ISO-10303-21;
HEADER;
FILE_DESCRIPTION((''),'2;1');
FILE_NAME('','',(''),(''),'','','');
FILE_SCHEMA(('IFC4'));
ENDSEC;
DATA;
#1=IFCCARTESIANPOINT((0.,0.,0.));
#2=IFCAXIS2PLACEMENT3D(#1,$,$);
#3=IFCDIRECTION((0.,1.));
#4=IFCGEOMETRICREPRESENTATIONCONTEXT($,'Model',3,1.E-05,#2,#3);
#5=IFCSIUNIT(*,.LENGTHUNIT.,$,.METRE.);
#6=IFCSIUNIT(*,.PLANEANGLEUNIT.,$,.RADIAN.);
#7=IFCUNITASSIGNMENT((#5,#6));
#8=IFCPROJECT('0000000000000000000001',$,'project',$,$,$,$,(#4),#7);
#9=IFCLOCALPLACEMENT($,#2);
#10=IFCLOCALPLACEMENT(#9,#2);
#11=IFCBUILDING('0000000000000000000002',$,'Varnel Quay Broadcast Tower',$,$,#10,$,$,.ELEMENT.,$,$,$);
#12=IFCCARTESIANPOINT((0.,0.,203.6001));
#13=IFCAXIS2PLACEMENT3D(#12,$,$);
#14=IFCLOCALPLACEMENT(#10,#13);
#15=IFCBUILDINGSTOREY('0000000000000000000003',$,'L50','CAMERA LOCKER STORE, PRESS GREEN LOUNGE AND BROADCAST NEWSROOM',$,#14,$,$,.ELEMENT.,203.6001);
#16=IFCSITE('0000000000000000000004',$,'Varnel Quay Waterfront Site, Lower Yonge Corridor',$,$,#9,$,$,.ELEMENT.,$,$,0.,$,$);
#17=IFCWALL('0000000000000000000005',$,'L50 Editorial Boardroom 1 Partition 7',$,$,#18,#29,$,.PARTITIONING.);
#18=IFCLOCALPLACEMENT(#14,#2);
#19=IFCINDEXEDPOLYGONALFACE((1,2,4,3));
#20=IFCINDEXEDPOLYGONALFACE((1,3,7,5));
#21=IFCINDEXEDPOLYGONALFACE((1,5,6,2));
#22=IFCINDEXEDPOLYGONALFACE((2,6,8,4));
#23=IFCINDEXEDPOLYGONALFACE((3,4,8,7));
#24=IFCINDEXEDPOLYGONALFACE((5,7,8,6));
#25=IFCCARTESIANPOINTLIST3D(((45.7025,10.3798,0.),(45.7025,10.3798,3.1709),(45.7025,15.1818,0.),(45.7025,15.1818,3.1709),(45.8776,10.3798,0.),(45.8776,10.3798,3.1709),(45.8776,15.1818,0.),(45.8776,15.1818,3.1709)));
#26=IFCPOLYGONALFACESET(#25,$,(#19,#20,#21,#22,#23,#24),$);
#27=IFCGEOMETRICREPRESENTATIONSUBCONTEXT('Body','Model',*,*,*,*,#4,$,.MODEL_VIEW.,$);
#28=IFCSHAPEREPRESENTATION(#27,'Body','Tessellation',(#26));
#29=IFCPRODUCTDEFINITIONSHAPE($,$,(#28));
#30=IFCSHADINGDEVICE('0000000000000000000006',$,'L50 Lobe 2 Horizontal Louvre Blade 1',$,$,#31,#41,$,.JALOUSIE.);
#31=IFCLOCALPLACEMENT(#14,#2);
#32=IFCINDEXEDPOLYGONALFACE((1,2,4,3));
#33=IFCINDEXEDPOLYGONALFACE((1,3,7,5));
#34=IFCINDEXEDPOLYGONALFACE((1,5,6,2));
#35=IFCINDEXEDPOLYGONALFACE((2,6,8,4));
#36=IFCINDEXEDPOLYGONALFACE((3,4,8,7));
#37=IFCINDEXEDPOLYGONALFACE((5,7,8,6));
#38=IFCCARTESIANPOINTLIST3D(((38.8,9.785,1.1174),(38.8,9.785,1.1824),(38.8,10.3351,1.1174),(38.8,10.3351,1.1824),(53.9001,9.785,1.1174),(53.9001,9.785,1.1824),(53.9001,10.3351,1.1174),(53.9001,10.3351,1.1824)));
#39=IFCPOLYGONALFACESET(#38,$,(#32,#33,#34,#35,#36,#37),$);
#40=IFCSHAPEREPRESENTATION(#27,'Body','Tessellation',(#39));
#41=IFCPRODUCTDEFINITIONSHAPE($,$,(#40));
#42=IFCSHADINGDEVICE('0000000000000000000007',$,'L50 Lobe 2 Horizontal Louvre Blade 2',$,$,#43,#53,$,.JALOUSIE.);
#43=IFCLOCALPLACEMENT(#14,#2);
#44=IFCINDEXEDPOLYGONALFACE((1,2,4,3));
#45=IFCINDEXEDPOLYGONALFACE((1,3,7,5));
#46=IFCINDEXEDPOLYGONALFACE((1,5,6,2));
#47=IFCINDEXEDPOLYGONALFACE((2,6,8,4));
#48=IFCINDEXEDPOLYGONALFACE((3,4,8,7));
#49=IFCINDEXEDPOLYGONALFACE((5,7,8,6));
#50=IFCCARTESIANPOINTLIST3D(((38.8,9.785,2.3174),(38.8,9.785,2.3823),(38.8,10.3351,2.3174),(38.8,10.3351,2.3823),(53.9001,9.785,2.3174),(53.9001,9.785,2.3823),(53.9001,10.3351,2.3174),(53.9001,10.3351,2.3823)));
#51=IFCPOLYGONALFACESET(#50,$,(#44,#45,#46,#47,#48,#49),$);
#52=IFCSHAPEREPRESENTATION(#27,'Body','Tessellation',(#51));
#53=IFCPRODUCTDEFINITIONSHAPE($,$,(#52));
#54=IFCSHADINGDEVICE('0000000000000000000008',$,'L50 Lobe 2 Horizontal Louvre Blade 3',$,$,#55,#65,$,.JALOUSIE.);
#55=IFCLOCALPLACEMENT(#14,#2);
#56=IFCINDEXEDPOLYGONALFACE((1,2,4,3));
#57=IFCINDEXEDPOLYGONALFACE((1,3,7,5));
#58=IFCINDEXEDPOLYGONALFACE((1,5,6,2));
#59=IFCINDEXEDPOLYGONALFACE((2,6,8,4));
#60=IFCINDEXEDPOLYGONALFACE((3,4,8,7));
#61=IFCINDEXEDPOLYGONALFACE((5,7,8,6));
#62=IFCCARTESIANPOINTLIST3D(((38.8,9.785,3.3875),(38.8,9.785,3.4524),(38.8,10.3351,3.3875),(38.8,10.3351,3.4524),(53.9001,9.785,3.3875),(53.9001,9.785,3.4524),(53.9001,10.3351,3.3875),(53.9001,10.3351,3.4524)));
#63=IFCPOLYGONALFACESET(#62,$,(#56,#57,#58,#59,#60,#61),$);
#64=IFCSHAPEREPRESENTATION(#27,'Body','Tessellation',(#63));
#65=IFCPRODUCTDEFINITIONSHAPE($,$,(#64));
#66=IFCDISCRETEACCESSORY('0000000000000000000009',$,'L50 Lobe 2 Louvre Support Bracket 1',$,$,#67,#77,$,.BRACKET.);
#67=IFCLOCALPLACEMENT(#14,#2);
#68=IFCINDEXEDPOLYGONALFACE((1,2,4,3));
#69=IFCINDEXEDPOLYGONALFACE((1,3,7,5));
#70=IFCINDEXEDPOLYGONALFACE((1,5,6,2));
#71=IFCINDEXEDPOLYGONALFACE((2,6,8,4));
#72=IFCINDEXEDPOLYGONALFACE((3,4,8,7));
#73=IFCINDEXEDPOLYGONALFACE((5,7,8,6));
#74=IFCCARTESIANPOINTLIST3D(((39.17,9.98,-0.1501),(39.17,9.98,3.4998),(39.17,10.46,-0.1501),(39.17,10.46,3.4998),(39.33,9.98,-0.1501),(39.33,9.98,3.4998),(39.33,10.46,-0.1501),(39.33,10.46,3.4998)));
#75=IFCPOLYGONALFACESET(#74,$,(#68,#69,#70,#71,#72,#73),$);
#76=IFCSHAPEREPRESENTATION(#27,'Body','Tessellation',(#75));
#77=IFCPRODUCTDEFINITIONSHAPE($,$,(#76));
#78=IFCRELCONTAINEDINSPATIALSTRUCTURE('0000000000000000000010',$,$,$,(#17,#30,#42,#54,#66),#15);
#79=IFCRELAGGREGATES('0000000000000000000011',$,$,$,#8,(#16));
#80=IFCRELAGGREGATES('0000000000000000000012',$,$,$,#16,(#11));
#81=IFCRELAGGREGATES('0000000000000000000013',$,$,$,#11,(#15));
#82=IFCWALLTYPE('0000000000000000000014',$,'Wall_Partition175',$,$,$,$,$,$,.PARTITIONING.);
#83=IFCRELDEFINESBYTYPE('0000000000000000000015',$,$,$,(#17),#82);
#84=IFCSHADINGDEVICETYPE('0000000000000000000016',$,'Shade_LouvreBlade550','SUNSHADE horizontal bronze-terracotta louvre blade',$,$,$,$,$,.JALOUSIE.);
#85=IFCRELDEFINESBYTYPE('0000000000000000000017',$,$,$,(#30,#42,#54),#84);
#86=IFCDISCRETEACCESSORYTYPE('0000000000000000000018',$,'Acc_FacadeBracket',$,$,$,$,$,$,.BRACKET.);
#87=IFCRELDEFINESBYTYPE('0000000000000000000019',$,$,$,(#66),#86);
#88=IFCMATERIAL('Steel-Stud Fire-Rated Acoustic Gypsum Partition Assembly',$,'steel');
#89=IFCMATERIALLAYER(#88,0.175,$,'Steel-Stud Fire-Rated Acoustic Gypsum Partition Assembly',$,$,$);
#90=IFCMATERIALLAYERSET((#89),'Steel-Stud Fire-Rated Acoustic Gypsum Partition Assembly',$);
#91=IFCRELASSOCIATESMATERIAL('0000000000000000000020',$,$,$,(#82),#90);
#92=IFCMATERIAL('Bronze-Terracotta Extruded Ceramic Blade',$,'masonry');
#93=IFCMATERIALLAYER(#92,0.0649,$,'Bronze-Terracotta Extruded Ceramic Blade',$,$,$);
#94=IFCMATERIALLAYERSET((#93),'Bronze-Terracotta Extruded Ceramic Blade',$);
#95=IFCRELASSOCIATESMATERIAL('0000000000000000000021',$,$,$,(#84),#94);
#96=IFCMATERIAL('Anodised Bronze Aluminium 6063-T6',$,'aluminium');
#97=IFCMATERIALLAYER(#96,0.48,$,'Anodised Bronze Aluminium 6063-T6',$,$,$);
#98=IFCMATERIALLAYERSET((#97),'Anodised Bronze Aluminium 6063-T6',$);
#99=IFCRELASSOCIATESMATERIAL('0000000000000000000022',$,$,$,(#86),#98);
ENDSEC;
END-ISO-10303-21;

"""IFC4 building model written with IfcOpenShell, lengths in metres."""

from ifc_helpers import new_model, si_unit, direction, frame, frame_2d, origin, origin_2d, place, context, subcontext, project, spatial, rectangle, extrude, source, transform, mapped, material, layer, layer_set, type_object, type_shapes, element, save


model = new_model("IFC4")

# Units and contexts
model_context = context("Model", 3, precision=1e-05, world=origin(), true_north=direction((0.0, 1.0)))
body_context = subcontext(model_context, "Body", "Model", "MODEL_VIEW")
ifc_project = project(units=[si_unit("LENGTHUNIT", "METRE"), si_unit("PLANEANGLEUNIT", "RADIAN")], contexts=[model_context])

# Site, building, storey
site_placement = place(None, origin())
site = spatial("IfcSite", under=ifc_project, at=site_placement, Name="Varnel Quay Waterfront Site, Lower Yonge Corridor", CompositionType="ELEMENT", RefElevation=0.0)
building_placement = place(site_placement, origin())
building = spatial("IfcBuilding", under=site, at=building_placement, Name="Varnel Quay Broadcast Tower", CompositionType="ELEMENT")
storey_placement = place(building_placement, frame((0.0, 0.0, 203.6001)))
storey = spatial("IfcBuildingStorey", under=building, at=storey_placement, Name="L50", Description="CAMERA LOCKER STORE, PRESS GREEN LOUNGE AND BROADCAST NEWSROOM", CompositionType="ELEMENT", Elevation=203.6001)

# Shared definitions
ifc_material_1 = material(Name="Anodised Bronze Aluminium 6063-T6", Category="aluminium")

# Shared definitions
ifc_material_2 = material(Name="Steel-Stud Fire-Rated Acoustic Gypsum Partition Assembly", Category="steel")

# Wall
ifc_layer_1 = layer(ifc_material_2, 0.175, Name="Steel-Stud Fire-Rated Acoustic Gypsum Partition Assembly")
ifc_layer_set_1 = layer_set([ifc_layer_1], Name="Steel-Stud Fire-Rated Acoustic Gypsum Partition Assembly")
wall_type_1 = type_object("IfcWallType", Name="Wall_Partition175", PredefinedType="PARTITIONING", material=ifc_layer_set_1)
wall_1_placement = place(storey_placement, frame((45.79, 10.3799, 0.0), z_axis=(0.0, 0.0, 1.0), x_axis=(0.0, 1.0, 0.0)))
element("IfcWall", 1, at=wall_1_placement, inside=storey, type_object=wall_type_1, Name="L50 Editorial Boardroom 1 Partition 7", PredefinedType="PARTITIONING", context=body_context, shape_type="SweptSolid", body=[
    extrude(rectangle(XDim=4.802, YDim=0.175, at=frame_2d((2.4009, 0.0))), origin(), (0.0, 0.0, 1.0), 3.1709),
])

# Shading devices
ifc_material_3 = material(Name="Bronze-Terracotta Extruded Ceramic Blade", Category="masonry")
ifc_layer_2 = layer(ifc_material_3, 0.0649, Name="Bronze-Terracotta Extruded Ceramic Blade")
ifc_layer_set_2 = layer_set([ifc_layer_2], Name="Bronze-Terracotta Extruded Ceramic Blade")
shading_device_type = type_object("IfcShadingDeviceType", Name="Shade_LouvreBlade550", Description="SUNSHADE horizontal bronze-terracotta louvre blade", PredefinedType="JALOUSIE", material=ifc_layer_set_2)
shared_shape_1 = source(origin(), body_context, "Body", "SweptSolid", [
    extrude(rectangle(XDim=15.1001, YDim=0.55, at=origin_2d()), origin(), (0.0, 0.0, 1.0), 0.0649),
])
type_shapes(shading_device_type, [shared_shape_1])
for number, where, z_axis, x_axis, name in (
    (2, (46.3501, 10.0601, 1.1174), (0.0, 0.0, 1.0), (1.0, 0.0, 0.0), "L50 Lobe 2 Horizontal Louvre Blade 1"),
    (3, (46.3501, 10.0601, 2.3174), (0.0, 0.0, 1.0), (1.0, 0.0, 0.0), "L50 Lobe 2 Horizontal Louvre Blade 2"),
    (4, (46.3501, 10.0601, 3.3875), (0.0, 0.0, 1.0), (1.0, 0.0, 0.0), "L50 Lobe 2 Horizontal Louvre Blade 3"),
):
    element("IfcShadingDevice", number, at=place(storey_placement, frame(where, z_axis=z_axis, x_axis=x_axis)), inside=storey, type_object=shading_device_type, Name=name, PredefinedType="JALOUSIE", context=body_context, shape_type="MappedRepresentation", body=[
        mapped(shared_shape_1, transform((0.0, 0.0, 0.0), x_axis=(1.0, 0.0, 0.0), y_axis=(0.0, 1.0, 0.0), z_axis=(0.0, 0.0, 1.0), scale=1.0)),
    ])

# Discrete accessory
ifc_layer_3 = layer(ifc_material_1, 0.48, Name="Anodised Bronze Aluminium 6063-T6")
ifc_layer_set_3 = layer_set([ifc_layer_3], Name="Anodised Bronze Aluminium 6063-T6")
discrete_accessory_type = type_object("IfcDiscreteAccessoryType", Name="Acc_FacadeBracket", PredefinedType="BRACKET", material=ifc_layer_set_3)
shared_shape_2 = source(origin(), body_context, "Body", "SweptSolid", [
    extrude(rectangle(XDim=0.1599, YDim=0.48, at=origin_2d()), origin(), (0.0, 0.0, 1.0), 3.6499),
])
type_shapes(discrete_accessory_type, [shared_shape_2])
discrete_accessory_placement = place(storey_placement, frame((39.25, 10.22, -0.1501), z_axis=(0.0, 0.0, 1.0), x_axis=(1.0, 0.0, 0.0)))
element("IfcDiscreteAccessory", 5, at=discrete_accessory_placement, inside=storey, type_object=discrete_accessory_type, Name="L50 Lobe 2 Louvre Support Bracket 1", PredefinedType="BRACKET", context=body_context, shape_type="MappedRepresentation", body=[
    mapped(shared_shape_2, transform((0.0, 0.0, 0.0), x_axis=(1.0, 0.0, 0.0), y_axis=(0.0, 1.0, 0.0), z_axis=(0.0, 0.0, 1.0), scale=1.0)),
])

save(model, "model.ifc")
